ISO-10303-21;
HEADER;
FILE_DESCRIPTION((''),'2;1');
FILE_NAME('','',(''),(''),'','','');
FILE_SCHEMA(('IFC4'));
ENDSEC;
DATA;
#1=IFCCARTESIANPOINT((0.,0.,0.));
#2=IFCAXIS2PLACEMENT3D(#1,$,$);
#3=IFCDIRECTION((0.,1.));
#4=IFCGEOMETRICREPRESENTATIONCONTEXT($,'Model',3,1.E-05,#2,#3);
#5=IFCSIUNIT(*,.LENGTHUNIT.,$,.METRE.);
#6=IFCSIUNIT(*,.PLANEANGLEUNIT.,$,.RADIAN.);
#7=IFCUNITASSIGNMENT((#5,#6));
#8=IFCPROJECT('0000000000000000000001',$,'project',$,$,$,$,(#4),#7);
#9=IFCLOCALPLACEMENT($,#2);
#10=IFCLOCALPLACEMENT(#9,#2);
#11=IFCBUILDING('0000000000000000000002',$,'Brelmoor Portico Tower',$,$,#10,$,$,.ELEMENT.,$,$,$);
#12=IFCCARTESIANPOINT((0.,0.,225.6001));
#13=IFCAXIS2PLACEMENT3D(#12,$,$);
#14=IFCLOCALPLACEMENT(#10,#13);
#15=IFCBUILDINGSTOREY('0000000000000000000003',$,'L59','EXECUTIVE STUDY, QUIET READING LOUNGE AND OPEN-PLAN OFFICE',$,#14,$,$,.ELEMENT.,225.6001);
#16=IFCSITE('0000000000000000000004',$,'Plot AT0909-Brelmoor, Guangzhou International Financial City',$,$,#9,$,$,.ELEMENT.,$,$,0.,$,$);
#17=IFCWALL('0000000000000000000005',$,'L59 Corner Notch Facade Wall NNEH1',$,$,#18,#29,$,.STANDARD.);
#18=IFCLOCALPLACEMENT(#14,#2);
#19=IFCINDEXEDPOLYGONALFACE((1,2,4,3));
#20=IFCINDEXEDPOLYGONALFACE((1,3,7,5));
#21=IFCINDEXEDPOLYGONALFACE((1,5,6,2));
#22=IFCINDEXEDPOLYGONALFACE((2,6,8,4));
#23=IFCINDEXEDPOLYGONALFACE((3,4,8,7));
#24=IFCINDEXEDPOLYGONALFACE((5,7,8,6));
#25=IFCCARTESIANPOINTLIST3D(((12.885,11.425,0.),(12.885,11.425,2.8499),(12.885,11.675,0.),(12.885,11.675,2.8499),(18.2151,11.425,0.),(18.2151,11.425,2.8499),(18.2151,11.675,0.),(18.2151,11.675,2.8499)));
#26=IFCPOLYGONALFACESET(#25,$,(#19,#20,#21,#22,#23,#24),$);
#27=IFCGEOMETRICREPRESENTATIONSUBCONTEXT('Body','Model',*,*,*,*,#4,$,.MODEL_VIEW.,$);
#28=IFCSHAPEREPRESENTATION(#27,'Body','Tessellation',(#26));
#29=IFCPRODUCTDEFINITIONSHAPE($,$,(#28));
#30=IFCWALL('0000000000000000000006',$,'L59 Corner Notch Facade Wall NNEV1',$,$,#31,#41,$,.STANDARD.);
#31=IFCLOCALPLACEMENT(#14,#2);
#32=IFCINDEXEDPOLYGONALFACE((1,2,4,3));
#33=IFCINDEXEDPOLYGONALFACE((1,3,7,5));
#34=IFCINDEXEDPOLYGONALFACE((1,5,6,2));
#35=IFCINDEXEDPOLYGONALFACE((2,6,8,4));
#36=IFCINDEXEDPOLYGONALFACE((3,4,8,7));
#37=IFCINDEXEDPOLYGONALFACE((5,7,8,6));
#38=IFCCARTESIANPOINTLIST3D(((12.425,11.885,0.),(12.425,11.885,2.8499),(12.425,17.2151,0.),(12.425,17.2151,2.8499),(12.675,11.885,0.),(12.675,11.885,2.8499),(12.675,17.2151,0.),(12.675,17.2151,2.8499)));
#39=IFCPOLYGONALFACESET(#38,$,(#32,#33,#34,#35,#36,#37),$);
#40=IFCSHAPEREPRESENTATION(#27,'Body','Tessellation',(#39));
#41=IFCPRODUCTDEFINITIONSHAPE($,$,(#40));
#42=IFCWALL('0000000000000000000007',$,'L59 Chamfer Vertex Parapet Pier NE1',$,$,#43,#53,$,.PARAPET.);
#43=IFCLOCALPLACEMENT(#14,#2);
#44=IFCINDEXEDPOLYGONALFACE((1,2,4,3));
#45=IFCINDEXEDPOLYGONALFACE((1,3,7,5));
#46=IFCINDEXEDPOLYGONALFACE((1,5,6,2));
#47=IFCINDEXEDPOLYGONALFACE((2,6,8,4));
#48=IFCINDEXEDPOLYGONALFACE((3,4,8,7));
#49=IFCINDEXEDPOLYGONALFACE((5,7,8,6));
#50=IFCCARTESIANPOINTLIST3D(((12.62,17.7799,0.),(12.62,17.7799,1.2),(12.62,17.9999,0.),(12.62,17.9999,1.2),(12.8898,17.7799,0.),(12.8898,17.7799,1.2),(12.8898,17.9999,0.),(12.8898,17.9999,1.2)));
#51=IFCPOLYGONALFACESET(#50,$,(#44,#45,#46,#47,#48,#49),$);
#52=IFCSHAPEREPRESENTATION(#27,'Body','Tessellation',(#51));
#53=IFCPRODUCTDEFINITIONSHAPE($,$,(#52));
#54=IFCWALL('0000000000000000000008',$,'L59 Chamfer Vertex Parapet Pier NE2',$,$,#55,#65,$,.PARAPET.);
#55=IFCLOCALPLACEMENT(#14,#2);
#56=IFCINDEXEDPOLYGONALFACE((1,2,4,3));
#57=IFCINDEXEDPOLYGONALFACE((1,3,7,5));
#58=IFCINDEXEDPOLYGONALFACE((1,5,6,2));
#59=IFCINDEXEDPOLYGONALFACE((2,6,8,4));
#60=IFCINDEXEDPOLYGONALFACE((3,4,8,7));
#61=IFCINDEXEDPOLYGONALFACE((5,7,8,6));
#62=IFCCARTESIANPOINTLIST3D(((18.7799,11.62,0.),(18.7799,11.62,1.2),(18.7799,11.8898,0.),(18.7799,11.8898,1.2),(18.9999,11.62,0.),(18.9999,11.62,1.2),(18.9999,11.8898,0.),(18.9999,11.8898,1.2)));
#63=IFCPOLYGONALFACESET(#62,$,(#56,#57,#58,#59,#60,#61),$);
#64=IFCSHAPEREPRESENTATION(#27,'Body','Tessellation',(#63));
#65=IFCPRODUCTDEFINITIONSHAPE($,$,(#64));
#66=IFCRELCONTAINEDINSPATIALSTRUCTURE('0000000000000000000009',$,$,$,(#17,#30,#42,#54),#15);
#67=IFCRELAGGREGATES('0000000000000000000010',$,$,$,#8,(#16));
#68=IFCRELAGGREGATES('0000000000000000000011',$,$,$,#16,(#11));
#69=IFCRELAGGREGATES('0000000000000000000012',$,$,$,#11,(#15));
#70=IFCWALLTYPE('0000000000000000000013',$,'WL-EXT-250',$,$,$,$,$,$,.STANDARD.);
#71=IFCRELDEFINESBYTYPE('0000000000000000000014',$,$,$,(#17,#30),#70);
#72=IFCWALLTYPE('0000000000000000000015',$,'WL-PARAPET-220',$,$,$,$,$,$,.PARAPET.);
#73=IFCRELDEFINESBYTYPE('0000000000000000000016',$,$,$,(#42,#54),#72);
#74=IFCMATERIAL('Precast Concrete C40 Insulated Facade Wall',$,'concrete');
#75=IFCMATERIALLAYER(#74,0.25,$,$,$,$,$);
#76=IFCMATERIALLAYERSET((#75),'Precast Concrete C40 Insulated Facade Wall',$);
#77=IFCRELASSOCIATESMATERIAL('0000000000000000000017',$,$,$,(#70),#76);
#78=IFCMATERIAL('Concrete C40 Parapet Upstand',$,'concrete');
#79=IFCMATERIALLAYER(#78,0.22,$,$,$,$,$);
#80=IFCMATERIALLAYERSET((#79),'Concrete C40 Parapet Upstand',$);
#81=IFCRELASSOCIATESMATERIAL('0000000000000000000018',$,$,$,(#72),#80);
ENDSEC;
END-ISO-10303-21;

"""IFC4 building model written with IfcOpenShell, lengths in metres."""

from ifc_helpers import new_model, si_unit, direction, frame, frame_2d, origin, place, context, subcontext, project, spatial, rectangle, extrude, material, layer, layer_set, type_object, element, save


model = new_model("IFC4")

# Units and contexts
model_context = context("Model", 3, precision=1e-05, world=origin(), true_north=direction((0.0, 1.0)))
body_context = subcontext(model_context, "Body", "Model", "MODEL_VIEW")
ifc_project = project(units=[si_unit("LENGTHUNIT", "METRE"), si_unit("PLANEANGLEUNIT", "RADIAN")], contexts=[model_context])

# Site, building, storey
site_placement = place(None, origin())
site = spatial("IfcSite", under=ifc_project, at=site_placement, Name="Plot AT0909-Brelmoor, Guangzhou International Financial City", CompositionType="ELEMENT", RefElevation=0.0)
building_placement = place(site_placement, origin())
building = spatial("IfcBuilding", under=site, at=building_placement, Name="Brelmoor Portico Tower", CompositionType="ELEMENT")
storey_placement = place(building_placement, frame((0.0, 0.0, 225.6001)))
storey = spatial("IfcBuildingStorey", under=building, at=storey_placement, Name="L59", Description="EXECUTIVE STUDY, QUIET READING LOUNGE AND OPEN-PLAN OFFICE", CompositionType="ELEMENT", Elevation=225.6001)

# Walls
ifc_material_1 = material(Name="Precast Concrete C40 Insulated Facade Wall", Category="concrete")
ifc_layer_1 = layer(ifc_material_1, 0.25)
ifc_layer_set_1 = layer_set([ifc_layer_1], Name="Precast Concrete C40 Insulated Facade Wall")
wall_type_1 = type_object("IfcWallType", Name="WL-EXT-250", PredefinedType="STANDARD", material=ifc_layer_set_1)
for number, where, z_axis, x_axis, name in (
    (1, (12.885, 11.55, 0.0), (0.0, 0.0, 1.0), (1.0, 0.0, 0.0), "L59 Corner Notch Facade Wall NNEH1"),
    (2, (12.55, 11.885, 0.0), (0.0, 0.0, 1.0), (0.0, 1.0, 0.0), "L59 Corner Notch Facade Wall NNEV1"),
):
    element("IfcWall", number, at=place(storey_placement, frame(where, z_axis=z_axis, x_axis=x_axis)), inside=storey, type_object=wall_type_1, Name=name, PredefinedType="STANDARD", context=body_context, shape_type="SweptSolid", body=[
        extrude(rectangle(XDim=5.3301, YDim=0.25, at=frame_2d((2.665, 0.0))), origin(), (0.0, 0.0, 1.0), 2.8499),
    ])
ifc_material_2 = material(Name="Concrete C40 Parapet Upstand", Category="concrete")
ifc_layer_2 = layer(ifc_material_2, 0.22)
ifc_layer_set_2 = layer_set([ifc_layer_2], Name="Concrete C40 Parapet Upstand")
wall_type_2 = type_object("IfcWallType", Name="WL-PARAPET-220", PredefinedType="PARAPET", material=ifc_layer_set_2)
for number, where, z_axis, x_axis, name in (
    (3, (12.6201, 17.8899, 0.0), (0.0, 0.0, 1.0), (1.0, 0.0, 0.0), "L59 Chamfer Vertex Parapet Pier NE1"),
    (4, (18.8899, 11.6201, 0.0), (0.0, 0.0, 1.0), (0.0, 1.0, 0.0), "L59 Chamfer Vertex Parapet Pier NE2"),
):
    element("IfcWall", number, at=place(storey_placement, frame(where, z_axis=z_axis, x_axis=x_axis)), inside=storey, type_object=wall_type_2, Name=name, PredefinedType="PARAPET", context=body_context, shape_type="SweptSolid", body=[
        extrude(rectangle(XDim=0.2698, YDim=0.22, at=frame_2d((0.1348, 0.0))), origin(), (0.0, 0.0, 1.0), 1.2),
    ])

save(model, "model.ifc")
